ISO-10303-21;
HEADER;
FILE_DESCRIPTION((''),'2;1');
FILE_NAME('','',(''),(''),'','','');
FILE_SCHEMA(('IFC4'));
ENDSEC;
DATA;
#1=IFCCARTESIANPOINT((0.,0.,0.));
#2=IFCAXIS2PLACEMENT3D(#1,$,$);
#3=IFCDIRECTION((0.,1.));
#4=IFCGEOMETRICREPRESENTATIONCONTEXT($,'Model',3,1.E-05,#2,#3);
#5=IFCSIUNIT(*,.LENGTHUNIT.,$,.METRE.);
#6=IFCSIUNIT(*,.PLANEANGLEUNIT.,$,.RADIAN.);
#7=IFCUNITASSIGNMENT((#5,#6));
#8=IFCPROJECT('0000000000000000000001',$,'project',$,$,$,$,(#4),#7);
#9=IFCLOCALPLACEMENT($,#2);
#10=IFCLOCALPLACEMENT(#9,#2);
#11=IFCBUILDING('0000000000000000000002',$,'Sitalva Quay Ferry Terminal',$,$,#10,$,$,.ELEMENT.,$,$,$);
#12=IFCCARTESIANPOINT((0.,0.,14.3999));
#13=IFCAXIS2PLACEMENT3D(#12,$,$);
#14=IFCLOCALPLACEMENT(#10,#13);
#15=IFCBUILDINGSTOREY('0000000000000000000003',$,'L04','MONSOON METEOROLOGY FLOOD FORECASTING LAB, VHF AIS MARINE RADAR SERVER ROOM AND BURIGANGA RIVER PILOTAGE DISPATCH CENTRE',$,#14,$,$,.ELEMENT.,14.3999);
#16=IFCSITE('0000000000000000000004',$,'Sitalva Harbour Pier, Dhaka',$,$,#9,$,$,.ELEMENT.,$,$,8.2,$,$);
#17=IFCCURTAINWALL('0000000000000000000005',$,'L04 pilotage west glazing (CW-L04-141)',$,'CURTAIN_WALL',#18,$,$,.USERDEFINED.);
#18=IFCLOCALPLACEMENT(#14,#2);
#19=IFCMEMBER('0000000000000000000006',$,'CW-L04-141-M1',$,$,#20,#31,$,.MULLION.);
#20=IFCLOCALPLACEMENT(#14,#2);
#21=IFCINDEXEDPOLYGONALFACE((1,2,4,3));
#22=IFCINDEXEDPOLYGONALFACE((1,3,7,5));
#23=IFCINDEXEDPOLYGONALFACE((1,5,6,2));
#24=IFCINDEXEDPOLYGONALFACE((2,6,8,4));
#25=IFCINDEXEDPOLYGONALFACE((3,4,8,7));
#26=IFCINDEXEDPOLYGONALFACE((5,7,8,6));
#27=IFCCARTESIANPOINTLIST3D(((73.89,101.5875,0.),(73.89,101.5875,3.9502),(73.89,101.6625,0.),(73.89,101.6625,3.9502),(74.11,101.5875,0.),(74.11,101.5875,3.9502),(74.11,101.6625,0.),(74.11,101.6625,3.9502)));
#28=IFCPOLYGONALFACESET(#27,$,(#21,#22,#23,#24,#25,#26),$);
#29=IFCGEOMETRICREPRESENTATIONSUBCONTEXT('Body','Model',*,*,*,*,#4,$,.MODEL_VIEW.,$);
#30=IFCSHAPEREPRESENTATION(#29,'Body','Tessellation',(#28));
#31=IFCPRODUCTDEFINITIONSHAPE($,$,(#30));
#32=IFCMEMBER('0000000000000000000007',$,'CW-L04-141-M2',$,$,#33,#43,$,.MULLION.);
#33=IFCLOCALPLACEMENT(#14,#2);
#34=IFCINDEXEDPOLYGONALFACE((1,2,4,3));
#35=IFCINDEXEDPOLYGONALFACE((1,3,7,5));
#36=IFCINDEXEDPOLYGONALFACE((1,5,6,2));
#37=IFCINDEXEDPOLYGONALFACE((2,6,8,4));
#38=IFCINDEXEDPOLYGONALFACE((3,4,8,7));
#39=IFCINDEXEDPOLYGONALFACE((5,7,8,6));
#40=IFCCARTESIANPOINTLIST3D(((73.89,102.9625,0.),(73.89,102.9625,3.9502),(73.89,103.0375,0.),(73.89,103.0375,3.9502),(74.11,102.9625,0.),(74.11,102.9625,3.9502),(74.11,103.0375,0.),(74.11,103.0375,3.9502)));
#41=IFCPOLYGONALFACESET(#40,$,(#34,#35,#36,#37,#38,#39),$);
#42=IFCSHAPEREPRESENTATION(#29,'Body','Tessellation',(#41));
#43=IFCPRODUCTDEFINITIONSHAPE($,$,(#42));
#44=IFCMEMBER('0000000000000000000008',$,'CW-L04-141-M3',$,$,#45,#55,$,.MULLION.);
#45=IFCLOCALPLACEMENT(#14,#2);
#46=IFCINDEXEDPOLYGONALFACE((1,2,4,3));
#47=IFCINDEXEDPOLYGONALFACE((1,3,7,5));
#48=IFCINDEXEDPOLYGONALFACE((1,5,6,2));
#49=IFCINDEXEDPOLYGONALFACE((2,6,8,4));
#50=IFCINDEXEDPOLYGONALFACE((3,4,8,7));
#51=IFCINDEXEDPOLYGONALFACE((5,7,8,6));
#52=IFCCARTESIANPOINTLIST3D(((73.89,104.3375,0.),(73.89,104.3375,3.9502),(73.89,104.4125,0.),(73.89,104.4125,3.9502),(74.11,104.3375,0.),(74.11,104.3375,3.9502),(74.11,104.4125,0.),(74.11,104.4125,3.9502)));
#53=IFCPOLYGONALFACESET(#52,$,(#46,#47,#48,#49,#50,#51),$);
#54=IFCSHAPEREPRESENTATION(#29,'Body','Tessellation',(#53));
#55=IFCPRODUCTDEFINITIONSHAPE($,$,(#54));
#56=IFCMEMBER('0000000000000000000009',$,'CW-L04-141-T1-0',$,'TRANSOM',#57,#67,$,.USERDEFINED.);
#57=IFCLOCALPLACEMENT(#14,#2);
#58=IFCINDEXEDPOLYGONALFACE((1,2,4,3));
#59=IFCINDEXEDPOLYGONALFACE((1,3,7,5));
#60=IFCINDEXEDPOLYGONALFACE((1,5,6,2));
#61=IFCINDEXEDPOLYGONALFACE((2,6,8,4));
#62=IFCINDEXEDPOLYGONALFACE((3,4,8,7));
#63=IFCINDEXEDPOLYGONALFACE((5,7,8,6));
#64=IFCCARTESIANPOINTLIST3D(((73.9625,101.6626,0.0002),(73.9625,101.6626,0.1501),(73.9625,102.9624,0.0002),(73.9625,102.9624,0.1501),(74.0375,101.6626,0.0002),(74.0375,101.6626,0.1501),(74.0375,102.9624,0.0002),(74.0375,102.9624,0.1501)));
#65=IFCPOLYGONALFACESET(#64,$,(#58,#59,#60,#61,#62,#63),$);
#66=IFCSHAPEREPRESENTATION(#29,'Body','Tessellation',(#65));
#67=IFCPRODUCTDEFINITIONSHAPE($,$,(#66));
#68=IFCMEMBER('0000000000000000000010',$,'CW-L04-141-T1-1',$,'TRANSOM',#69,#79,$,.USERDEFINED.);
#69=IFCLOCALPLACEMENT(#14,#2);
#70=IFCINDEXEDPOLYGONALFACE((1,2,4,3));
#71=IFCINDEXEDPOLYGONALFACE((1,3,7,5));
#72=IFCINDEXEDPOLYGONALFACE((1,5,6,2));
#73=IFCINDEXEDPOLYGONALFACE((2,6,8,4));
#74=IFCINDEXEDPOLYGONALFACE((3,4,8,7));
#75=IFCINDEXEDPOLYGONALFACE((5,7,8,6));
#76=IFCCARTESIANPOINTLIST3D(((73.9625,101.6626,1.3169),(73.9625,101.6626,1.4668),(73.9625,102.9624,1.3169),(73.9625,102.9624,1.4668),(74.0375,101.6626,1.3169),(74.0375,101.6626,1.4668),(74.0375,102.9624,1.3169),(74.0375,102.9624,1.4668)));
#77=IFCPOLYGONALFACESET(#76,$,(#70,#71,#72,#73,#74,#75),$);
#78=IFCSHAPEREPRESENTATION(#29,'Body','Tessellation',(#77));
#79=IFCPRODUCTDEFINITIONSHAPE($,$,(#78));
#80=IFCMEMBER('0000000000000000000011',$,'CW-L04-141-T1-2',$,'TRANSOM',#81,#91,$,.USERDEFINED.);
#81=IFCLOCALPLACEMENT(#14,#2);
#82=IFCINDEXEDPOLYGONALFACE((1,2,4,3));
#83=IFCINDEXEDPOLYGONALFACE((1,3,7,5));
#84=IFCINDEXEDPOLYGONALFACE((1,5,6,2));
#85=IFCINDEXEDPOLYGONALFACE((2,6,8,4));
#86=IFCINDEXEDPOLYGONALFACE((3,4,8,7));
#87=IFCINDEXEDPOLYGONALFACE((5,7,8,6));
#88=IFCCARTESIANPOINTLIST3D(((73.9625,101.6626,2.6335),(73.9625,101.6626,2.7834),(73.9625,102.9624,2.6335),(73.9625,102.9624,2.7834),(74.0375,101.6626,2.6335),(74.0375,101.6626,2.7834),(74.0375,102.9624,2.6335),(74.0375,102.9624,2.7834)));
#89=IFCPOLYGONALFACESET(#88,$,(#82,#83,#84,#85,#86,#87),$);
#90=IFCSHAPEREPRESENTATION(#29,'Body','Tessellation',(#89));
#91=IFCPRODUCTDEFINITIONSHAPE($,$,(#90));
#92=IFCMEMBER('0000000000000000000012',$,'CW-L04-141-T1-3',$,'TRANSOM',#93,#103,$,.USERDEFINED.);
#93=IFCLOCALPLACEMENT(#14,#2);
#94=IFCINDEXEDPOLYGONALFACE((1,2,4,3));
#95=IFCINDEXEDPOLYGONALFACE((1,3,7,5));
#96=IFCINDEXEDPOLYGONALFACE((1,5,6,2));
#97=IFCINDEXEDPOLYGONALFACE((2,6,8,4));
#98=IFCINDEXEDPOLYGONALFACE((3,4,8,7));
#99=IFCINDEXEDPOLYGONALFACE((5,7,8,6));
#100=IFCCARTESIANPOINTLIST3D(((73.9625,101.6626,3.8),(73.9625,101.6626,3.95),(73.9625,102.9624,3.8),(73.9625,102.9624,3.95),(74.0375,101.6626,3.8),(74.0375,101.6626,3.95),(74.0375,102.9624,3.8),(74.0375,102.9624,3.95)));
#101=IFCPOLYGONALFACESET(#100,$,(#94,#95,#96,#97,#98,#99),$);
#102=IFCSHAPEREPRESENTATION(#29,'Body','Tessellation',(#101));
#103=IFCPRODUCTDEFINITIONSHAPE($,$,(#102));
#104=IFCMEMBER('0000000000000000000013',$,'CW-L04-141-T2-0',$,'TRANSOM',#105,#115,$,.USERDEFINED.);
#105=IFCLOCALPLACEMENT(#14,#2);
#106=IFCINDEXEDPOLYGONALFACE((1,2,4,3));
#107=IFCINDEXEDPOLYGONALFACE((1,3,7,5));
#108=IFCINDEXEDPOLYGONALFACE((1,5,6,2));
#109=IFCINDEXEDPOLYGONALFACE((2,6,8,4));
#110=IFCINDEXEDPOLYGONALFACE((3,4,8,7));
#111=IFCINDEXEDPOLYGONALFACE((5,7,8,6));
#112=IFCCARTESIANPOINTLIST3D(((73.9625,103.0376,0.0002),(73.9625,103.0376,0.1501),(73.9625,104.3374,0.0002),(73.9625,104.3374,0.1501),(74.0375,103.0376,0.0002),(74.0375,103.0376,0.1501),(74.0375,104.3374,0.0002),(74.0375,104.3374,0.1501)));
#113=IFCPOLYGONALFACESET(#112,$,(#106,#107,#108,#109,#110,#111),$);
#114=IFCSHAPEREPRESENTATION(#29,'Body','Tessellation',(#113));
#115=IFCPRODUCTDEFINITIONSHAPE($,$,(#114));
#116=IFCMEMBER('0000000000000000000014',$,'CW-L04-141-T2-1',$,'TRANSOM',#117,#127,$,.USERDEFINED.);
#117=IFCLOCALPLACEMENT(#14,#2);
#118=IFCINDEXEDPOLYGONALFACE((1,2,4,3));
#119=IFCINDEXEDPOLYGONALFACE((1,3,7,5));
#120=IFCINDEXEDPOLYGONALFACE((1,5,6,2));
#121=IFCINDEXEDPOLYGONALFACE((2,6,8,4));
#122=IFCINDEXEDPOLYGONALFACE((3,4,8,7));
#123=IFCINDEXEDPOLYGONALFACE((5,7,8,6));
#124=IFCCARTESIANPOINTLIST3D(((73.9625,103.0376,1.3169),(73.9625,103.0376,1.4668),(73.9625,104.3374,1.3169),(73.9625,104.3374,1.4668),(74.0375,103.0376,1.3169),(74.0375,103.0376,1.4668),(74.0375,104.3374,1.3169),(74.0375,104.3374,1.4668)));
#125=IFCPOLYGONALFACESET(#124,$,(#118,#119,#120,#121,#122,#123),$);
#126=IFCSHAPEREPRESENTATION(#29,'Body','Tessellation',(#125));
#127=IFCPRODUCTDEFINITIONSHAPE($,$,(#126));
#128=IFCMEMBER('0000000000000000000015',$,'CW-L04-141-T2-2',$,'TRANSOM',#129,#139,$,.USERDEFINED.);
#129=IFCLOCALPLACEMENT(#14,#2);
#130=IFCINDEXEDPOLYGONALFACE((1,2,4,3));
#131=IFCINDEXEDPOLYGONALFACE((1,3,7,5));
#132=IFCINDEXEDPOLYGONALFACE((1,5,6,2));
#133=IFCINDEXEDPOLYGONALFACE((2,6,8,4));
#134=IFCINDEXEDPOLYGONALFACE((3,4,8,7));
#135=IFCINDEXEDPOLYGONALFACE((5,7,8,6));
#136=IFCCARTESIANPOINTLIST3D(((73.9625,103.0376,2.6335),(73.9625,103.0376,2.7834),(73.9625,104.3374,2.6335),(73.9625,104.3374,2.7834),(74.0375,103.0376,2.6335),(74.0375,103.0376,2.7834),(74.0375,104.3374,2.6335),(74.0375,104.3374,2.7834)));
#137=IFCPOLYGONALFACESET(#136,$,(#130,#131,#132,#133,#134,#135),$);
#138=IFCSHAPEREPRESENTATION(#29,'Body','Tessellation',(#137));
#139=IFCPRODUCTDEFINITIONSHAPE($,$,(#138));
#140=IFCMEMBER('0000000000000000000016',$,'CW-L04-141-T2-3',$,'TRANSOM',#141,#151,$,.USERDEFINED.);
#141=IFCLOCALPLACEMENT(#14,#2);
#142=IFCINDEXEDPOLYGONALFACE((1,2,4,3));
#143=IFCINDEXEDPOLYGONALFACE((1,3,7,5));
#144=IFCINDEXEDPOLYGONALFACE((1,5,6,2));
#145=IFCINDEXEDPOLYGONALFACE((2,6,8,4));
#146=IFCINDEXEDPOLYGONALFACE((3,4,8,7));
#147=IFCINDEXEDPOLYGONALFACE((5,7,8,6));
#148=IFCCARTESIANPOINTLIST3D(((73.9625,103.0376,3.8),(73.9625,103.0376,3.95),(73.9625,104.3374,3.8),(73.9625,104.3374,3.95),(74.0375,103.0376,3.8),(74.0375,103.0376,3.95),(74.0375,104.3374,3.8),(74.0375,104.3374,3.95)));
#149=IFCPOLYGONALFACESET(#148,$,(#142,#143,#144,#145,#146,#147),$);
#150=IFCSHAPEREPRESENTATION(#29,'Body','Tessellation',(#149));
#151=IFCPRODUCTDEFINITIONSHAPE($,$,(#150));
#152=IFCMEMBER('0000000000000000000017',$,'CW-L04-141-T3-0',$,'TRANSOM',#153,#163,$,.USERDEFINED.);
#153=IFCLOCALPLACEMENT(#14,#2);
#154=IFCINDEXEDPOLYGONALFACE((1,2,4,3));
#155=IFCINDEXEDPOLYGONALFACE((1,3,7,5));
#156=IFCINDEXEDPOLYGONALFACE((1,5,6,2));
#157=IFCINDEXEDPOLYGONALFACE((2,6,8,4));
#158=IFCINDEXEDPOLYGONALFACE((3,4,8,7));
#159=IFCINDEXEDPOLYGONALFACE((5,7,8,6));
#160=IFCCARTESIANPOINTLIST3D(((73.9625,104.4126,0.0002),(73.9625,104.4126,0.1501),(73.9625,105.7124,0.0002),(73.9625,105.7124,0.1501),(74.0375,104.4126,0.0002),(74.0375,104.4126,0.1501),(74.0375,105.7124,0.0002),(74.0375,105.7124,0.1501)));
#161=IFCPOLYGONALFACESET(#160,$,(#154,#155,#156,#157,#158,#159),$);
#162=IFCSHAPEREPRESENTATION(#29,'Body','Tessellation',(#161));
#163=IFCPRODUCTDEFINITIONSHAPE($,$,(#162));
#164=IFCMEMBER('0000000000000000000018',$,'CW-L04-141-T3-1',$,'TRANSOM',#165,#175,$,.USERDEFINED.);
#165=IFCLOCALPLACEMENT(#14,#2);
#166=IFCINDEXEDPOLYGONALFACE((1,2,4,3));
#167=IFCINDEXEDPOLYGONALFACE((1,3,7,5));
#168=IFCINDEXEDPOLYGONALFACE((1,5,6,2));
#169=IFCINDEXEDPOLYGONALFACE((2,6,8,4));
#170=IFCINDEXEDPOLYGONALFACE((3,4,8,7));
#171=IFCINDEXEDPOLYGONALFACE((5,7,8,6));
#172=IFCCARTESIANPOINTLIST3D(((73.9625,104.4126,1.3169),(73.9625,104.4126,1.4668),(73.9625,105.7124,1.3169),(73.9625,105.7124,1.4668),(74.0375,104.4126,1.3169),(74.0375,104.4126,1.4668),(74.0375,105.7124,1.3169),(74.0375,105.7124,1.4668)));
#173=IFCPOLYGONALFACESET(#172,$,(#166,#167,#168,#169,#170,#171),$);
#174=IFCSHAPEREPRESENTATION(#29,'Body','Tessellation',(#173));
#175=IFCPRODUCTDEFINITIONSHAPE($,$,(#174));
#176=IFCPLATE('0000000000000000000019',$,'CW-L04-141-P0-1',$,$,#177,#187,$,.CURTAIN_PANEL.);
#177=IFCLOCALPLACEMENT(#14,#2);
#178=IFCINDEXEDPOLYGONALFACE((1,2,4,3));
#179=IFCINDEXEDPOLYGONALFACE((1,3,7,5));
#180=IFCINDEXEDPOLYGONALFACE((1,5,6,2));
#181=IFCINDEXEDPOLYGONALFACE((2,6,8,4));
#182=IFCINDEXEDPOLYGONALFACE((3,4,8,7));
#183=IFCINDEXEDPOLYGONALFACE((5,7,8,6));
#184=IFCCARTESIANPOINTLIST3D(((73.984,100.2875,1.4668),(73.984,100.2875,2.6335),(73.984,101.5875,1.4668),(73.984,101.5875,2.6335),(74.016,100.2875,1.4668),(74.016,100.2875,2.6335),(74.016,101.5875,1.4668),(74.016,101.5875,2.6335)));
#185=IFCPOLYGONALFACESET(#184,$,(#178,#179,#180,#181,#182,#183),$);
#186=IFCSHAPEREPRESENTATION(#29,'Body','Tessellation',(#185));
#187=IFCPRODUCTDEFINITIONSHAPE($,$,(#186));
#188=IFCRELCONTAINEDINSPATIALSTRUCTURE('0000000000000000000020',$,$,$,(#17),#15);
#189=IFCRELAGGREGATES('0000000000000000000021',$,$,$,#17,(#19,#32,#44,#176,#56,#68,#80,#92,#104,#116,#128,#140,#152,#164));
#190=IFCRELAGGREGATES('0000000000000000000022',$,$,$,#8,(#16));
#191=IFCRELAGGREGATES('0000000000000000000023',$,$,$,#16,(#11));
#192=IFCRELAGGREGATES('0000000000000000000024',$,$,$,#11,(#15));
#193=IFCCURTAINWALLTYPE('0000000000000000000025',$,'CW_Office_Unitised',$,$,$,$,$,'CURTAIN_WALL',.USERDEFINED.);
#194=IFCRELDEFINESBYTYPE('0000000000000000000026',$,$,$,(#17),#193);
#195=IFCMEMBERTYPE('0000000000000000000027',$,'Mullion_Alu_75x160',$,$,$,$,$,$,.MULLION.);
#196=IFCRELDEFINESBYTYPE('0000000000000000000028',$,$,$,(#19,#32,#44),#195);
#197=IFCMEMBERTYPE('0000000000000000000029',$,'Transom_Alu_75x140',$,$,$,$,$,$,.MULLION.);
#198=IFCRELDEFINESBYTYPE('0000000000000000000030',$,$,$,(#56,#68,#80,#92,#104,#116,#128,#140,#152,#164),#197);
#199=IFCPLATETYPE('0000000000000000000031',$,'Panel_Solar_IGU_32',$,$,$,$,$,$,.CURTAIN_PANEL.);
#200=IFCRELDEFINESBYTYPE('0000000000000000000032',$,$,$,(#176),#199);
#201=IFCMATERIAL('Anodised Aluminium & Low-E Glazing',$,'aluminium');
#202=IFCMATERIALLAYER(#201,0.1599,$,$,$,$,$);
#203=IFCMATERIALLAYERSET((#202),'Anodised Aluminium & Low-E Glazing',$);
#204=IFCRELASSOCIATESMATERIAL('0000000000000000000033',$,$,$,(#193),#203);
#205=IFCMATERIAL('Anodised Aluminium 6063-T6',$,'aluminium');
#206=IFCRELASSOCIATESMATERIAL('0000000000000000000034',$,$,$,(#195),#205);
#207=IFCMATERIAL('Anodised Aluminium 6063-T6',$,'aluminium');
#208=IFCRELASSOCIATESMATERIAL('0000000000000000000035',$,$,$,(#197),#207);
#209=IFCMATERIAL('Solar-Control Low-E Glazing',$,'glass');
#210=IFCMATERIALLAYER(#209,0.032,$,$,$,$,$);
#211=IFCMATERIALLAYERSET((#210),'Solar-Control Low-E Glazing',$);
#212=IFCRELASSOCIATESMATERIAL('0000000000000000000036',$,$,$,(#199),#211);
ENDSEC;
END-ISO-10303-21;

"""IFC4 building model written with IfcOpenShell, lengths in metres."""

from ifc_helpers import new_model, si_unit, direction, frame, origin, origin_2d, place, context, subcontext, project, spatial, rectangle, extrude, material, layer, layer_set, material_profile, profile_set, type_object, element, aggregate, save


model = new_model("IFC4")

# Units and contexts
model_context = context("Model", 3, precision=1e-05, world=origin(), true_north=direction((0.0, 1.0)))
body_context = subcontext(model_context, "Body", "Model", "MODEL_VIEW")
ifc_project = project(units=[si_unit("LENGTHUNIT", "METRE"), si_unit("PLANEANGLEUNIT", "RADIAN")], contexts=[model_context])

# Site, building, storey
site_placement = place(None, origin())
site = spatial("IfcSite", under=ifc_project, at=site_placement, Name="Sitalva Harbour Pier, Dhaka", CompositionType="ELEMENT", RefElevation=8.2)
building_placement = place(site_placement, origin())
building = spatial("IfcBuilding", under=site, at=building_placement, Name="Sitalva Quay Ferry Terminal", CompositionType="ELEMENT")
storey_placement = place(building_placement, frame((0.0, 0.0, 14.3999)))
storey = spatial("IfcBuildingStorey", under=building, at=storey_placement, Name="L04", Description="MONSOON METEOROLOGY FLOOD FORECASTING LAB, VHF AIS MARINE RADAR SERVER ROOM AND BURIGANGA RIVER PILOTAGE DISPATCH CENTRE", CompositionType="ELEMENT", Elevation=14.3999)

# Curtain wall, members, plate
ifc_material_1 = material(Name="Anodised Aluminium & Low-E Glazing", Category="aluminium")
ifc_layer_1 = layer(ifc_material_1, 0.1599)
ifc_layer_set_1 = layer_set([ifc_layer_1], Name="Anodised Aluminium & Low-E Glazing")
curtain_wall_type = type_object("IfcCurtainWallType", Name="CW_Office_Unitised", ElementType="CURTAIN_WALL", PredefinedType="USERDEFINED", material=ifc_layer_set_1)
curtain_wall_placement = place(storey_placement, origin())
curtain_wall = element("IfcCurtainWall", 1, at=curtain_wall_placement, inside=storey, type_object=curtain_wall_type, Name="L04 pilotage west glazing (CW-L04-141)", ObjectType="CURTAIN_WALL", PredefinedType="USERDEFINED")
ifc_material_2 = material(Name="Anodised Aluminium 6063-T6", Category="aluminium")
ifc_material_profile_1 = material_profile(ifc_material_2, rectangle(XDim=0.075, YDim=0.22, at=origin_2d()), Name="ALU75x220")
ifc_profile_set_1 = profile_set([ifc_material_profile_1], Name="Anodised Aluminium 6063-T6")
member_type_1 = type_object("IfcMemberType", Name="Mullion_Alu_75x160", PredefinedType="MULLION", material=ifc_profile_set_1)
member_1_placement = place(storey_placement, frame((74.0, 101.625, 0.0), z_axis=(0.0, 0.0, 1.0), x_axis=(0.0, 1.0, 0.0)))
member_1 = element("IfcMember", 2, at=member_1_placement, type_object=member_type_1, Name="CW-L04-141-M1", PredefinedType="MULLION", context=body_context, shape_type="SweptSolid", body=[
    extrude(rectangle(XDim=0.075, YDim=0.22, at=origin_2d()), origin(), (0.0, 0.0, 1.0), 3.9502),
])
member_2_placement = place(storey_placement, frame((74.0, 103.0, 0.0), z_axis=(0.0, 0.0, 1.0), x_axis=(0.0, 1.0, 0.0)))
member_2 = element("IfcMember", 3, at=member_2_placement, type_object=member_type_1, Name="CW-L04-141-M2", PredefinedType="MULLION", context=body_context, shape_type="SweptSolid", body=[
    extrude(rectangle(XDim=0.075, YDim=0.22, at=origin_2d()), origin(), (0.0, 0.0, 1.0), 3.9502),
])
member_3_placement = place(storey_placement, frame((74.0, 104.375, 0.0), z_axis=(0.0, 0.0, 1.0), x_axis=(0.0, 1.0, 0.0)))
member_3 = element("IfcMember", 4, at=member_3_placement, type_object=member_type_1, Name="CW-L04-141-M3", PredefinedType="MULLION", context=body_context, shape_type="SweptSolid", body=[
    extrude(rectangle(XDim=0.075, YDim=0.22, at=origin_2d()), origin(), (0.0, 0.0, 1.0), 3.9502),
])
ifc_material_3 = material(Name="Anodised Aluminium 6063-T6", Category="aluminium")
ifc_material_profile_2 = material_profile(ifc_material_3, rectangle(XDim=0.075, YDim=0.1499, at=origin_2d()), Name="ALU75x150")
ifc_profile_set_2 = profile_set([ifc_material_profile_2], Name="Anodised Aluminium 6063-T6")
member_type_2 = type_object("IfcMemberType", Name="Transom_Alu_75x140", PredefinedType="MULLION", material=ifc_profile_set_2)
member_4_placement = place(storey_placement, frame((74.0, 101.6626, 0.0752), z_axis=(0.0, 1.0, 0.0), x_axis=(-1.0, 0.0, 0.0)))
member_4 = element("IfcMember", 5, at=member_4_placement, type_object=member_type_2, Name="CW-L04-141-T1-0", ObjectType="TRANSOM", PredefinedType="USERDEFINED", context=body_context, shape_type="SweptSolid", body=[
    extrude(rectangle(XDim=0.075, YDim=0.1499, at=origin_2d()), origin(), (0.0, 0.0, 1.0), 1.2998),
])
member_5_placement = place(storey_placement, frame((74.0, 101.6626, 1.3918), z_axis=(0.0, 1.0, 0.0), x_axis=(-1.0, 0.0, 0.0)))
member_5 = element("IfcMember", 6, at=member_5_placement, type_object=member_type_2, Name="CW-L04-141-T1-1", ObjectType="TRANSOM", PredefinedType="USERDEFINED", context=body_context, shape_type="SweptSolid", body=[
    extrude(rectangle(XDim=0.075, YDim=0.1499, at=origin_2d()), origin(), (0.0, 0.0, 1.0), 1.2998),
])
member_6_placement = place(storey_placement, frame((74.0, 101.6626, 2.7085), z_axis=(0.0, 1.0, 0.0), x_axis=(-1.0, 0.0, 0.0)))
member_6 = element("IfcMember", 7, at=member_6_placement, type_object=member_type_2, Name="CW-L04-141-T1-2", ObjectType="TRANSOM", PredefinedType="USERDEFINED", context=body_context, shape_type="SweptSolid", body=[
    extrude(rectangle(XDim=0.075, YDim=0.1499, at=origin_2d()), origin(), (0.0, 0.0, 1.0), 1.2998),
])
member_7_placement = place(storey_placement, frame((74.0, 101.6626, 3.875), z_axis=(0.0, 1.0, 0.0), x_axis=(-1.0, 0.0, 0.0)))
member_7 = element("IfcMember", 8, at=member_7_placement, type_object=member_type_2, Name="CW-L04-141-T1-3", ObjectType="TRANSOM", PredefinedType="USERDEFINED", context=body_context, shape_type="SweptSolid", body=[
    extrude(rectangle(XDim=0.075, YDim=0.1499, at=origin_2d()), origin(), (0.0, 0.0, 1.0), 1.2998),
])
member_8_placement = place(storey_placement, frame((74.0, 103.0376, 0.0752), z_axis=(0.0, 1.0, 0.0), x_axis=(-1.0, 0.0, 0.0)))
member_8 = element("IfcMember", 9, at=member_8_placement, type_object=member_type_2, Name="CW-L04-141-T2-0", ObjectType="TRANSOM", PredefinedType="USERDEFINED", context=body_context, shape_type="SweptSolid", body=[
    extrude(rectangle(XDim=0.075, YDim=0.1499, at=origin_2d()), origin(), (0.0, 0.0, 1.0), 1.2998),
])
member_9_placement = place(storey_placement, frame((74.0, 103.0376, 1.3918), z_axis=(0.0, 1.0, 0.0), x_axis=(-1.0, 0.0, 0.0)))
member_9 = element("IfcMember", 10, at=member_9_placement, type_object=member_type_2, Name="CW-L04-141-T2-1", ObjectType="TRANSOM", PredefinedType="USERDEFINED", context=body_context, shape_type="SweptSolid", body=[
    extrude(rectangle(XDim=0.075, YDim=0.1499, at=origin_2d()), origin(), (0.0, 0.0, 1.0), 1.2998),
])
member_10_placement = place(storey_placement, frame((74.0, 103.0376, 2.7085), z_axis=(0.0, 1.0, 0.0), x_axis=(-1.0, 0.0, 0.0)))
member_10 = element("IfcMember", 11, at=member_10_placement, type_object=member_type_2, Name="CW-L04-141-T2-2", ObjectType="TRANSOM", PredefinedType="USERDEFINED", context=body_context, shape_type="SweptSolid", body=[
    extrude(rectangle(XDim=0.075, YDim=0.1499, at=origin_2d()), origin(), (0.0, 0.0, 1.0), 1.2998),
])
member_11_placement = place(storey_placement, frame((74.0, 103.0376, 3.875), z_axis=(0.0, 1.0, 0.0), x_axis=(-1.0, 0.0, 0.0)))
member_11 = element("IfcMember", 12, at=member_11_placement, type_object=member_type_2, Name="CW-L04-141-T2-3", ObjectType="TRANSOM", PredefinedType="USERDEFINED", context=body_context, shape_type="SweptSolid", body=[
    extrude(rectangle(XDim=0.075, YDim=0.1499, at=origin_2d()), origin(), (0.0, 0.0, 1.0), 1.2998),
])
member_12_placement = place(storey_placement, frame((74.0, 104.4126, 0.0752), z_axis=(0.0, 1.0, 0.0), x_axis=(-1.0, 0.0, 0.0)))
member_12 = element("IfcMember", 13, at=member_12_placement, type_object=member_type_2, Name="CW-L04-141-T3-0", ObjectType="TRANSOM", PredefinedType="USERDEFINED", context=body_context, shape_type="SweptSolid", body=[
    extrude(rectangle(XDim=0.075, YDim=0.1499, at=origin_2d()), origin(), (0.0, 0.0, 1.0), 1.2998),
])
member_13_placement = place(storey_placement, frame((74.0, 104.4126, 1.3918), z_axis=(0.0, 1.0, 0.0), x_axis=(-1.0, 0.0, 0.0)))
member_13 = element("IfcMember", 14, at=member_13_placement, type_object=member_type_2, Name="CW-L04-141-T3-1", ObjectType="TRANSOM", PredefinedType="USERDEFINED", context=body_context, shape_type="SweptSolid", body=[
    extrude(rectangle(XDim=0.075, YDim=0.1499, at=origin_2d()), origin(), (0.0, 0.0, 1.0), 1.2998),
])
ifc_material_4 = material(Name="Solar-Control Low-E Glazing", Category="glass")
ifc_layer_2 = layer(ifc_material_4, 0.032)
ifc_layer_set_2 = layer_set([ifc_layer_2], Name="Solar-Control Low-E Glazing")
plate_type = type_object("IfcPlateType", Name="Panel_Solar_IGU_32", PredefinedType="CURTAIN_PANEL", material=ifc_layer_set_2)
plate_1_placement = place(storey_placement, frame((74.0, 100.9375, 1.4668), z_axis=(0.0, 0.0, 1.0), x_axis=(0.0, 1.0, 0.0)))
plate_1 = element("IfcPlate", 15, at=plate_1_placement, type_object=plate_type, Name="CW-L04-141-P0-1", PredefinedType="CURTAIN_PANEL", context=body_context, shape_type="SweptSolid", body=[
    extrude(rectangle(XDim=1.3, YDim=0.032, at=origin_2d()), origin(), (0.0, 0.0, 1.0), 1.1667),
])
aggregate(curtain_wall, [member_1, member_2, member_3, plate_1, member_4, member_5, member_6, member_7, member_8, member_9, member_10, member_11, member_12, member_13])

save(model, "model.ifc")
